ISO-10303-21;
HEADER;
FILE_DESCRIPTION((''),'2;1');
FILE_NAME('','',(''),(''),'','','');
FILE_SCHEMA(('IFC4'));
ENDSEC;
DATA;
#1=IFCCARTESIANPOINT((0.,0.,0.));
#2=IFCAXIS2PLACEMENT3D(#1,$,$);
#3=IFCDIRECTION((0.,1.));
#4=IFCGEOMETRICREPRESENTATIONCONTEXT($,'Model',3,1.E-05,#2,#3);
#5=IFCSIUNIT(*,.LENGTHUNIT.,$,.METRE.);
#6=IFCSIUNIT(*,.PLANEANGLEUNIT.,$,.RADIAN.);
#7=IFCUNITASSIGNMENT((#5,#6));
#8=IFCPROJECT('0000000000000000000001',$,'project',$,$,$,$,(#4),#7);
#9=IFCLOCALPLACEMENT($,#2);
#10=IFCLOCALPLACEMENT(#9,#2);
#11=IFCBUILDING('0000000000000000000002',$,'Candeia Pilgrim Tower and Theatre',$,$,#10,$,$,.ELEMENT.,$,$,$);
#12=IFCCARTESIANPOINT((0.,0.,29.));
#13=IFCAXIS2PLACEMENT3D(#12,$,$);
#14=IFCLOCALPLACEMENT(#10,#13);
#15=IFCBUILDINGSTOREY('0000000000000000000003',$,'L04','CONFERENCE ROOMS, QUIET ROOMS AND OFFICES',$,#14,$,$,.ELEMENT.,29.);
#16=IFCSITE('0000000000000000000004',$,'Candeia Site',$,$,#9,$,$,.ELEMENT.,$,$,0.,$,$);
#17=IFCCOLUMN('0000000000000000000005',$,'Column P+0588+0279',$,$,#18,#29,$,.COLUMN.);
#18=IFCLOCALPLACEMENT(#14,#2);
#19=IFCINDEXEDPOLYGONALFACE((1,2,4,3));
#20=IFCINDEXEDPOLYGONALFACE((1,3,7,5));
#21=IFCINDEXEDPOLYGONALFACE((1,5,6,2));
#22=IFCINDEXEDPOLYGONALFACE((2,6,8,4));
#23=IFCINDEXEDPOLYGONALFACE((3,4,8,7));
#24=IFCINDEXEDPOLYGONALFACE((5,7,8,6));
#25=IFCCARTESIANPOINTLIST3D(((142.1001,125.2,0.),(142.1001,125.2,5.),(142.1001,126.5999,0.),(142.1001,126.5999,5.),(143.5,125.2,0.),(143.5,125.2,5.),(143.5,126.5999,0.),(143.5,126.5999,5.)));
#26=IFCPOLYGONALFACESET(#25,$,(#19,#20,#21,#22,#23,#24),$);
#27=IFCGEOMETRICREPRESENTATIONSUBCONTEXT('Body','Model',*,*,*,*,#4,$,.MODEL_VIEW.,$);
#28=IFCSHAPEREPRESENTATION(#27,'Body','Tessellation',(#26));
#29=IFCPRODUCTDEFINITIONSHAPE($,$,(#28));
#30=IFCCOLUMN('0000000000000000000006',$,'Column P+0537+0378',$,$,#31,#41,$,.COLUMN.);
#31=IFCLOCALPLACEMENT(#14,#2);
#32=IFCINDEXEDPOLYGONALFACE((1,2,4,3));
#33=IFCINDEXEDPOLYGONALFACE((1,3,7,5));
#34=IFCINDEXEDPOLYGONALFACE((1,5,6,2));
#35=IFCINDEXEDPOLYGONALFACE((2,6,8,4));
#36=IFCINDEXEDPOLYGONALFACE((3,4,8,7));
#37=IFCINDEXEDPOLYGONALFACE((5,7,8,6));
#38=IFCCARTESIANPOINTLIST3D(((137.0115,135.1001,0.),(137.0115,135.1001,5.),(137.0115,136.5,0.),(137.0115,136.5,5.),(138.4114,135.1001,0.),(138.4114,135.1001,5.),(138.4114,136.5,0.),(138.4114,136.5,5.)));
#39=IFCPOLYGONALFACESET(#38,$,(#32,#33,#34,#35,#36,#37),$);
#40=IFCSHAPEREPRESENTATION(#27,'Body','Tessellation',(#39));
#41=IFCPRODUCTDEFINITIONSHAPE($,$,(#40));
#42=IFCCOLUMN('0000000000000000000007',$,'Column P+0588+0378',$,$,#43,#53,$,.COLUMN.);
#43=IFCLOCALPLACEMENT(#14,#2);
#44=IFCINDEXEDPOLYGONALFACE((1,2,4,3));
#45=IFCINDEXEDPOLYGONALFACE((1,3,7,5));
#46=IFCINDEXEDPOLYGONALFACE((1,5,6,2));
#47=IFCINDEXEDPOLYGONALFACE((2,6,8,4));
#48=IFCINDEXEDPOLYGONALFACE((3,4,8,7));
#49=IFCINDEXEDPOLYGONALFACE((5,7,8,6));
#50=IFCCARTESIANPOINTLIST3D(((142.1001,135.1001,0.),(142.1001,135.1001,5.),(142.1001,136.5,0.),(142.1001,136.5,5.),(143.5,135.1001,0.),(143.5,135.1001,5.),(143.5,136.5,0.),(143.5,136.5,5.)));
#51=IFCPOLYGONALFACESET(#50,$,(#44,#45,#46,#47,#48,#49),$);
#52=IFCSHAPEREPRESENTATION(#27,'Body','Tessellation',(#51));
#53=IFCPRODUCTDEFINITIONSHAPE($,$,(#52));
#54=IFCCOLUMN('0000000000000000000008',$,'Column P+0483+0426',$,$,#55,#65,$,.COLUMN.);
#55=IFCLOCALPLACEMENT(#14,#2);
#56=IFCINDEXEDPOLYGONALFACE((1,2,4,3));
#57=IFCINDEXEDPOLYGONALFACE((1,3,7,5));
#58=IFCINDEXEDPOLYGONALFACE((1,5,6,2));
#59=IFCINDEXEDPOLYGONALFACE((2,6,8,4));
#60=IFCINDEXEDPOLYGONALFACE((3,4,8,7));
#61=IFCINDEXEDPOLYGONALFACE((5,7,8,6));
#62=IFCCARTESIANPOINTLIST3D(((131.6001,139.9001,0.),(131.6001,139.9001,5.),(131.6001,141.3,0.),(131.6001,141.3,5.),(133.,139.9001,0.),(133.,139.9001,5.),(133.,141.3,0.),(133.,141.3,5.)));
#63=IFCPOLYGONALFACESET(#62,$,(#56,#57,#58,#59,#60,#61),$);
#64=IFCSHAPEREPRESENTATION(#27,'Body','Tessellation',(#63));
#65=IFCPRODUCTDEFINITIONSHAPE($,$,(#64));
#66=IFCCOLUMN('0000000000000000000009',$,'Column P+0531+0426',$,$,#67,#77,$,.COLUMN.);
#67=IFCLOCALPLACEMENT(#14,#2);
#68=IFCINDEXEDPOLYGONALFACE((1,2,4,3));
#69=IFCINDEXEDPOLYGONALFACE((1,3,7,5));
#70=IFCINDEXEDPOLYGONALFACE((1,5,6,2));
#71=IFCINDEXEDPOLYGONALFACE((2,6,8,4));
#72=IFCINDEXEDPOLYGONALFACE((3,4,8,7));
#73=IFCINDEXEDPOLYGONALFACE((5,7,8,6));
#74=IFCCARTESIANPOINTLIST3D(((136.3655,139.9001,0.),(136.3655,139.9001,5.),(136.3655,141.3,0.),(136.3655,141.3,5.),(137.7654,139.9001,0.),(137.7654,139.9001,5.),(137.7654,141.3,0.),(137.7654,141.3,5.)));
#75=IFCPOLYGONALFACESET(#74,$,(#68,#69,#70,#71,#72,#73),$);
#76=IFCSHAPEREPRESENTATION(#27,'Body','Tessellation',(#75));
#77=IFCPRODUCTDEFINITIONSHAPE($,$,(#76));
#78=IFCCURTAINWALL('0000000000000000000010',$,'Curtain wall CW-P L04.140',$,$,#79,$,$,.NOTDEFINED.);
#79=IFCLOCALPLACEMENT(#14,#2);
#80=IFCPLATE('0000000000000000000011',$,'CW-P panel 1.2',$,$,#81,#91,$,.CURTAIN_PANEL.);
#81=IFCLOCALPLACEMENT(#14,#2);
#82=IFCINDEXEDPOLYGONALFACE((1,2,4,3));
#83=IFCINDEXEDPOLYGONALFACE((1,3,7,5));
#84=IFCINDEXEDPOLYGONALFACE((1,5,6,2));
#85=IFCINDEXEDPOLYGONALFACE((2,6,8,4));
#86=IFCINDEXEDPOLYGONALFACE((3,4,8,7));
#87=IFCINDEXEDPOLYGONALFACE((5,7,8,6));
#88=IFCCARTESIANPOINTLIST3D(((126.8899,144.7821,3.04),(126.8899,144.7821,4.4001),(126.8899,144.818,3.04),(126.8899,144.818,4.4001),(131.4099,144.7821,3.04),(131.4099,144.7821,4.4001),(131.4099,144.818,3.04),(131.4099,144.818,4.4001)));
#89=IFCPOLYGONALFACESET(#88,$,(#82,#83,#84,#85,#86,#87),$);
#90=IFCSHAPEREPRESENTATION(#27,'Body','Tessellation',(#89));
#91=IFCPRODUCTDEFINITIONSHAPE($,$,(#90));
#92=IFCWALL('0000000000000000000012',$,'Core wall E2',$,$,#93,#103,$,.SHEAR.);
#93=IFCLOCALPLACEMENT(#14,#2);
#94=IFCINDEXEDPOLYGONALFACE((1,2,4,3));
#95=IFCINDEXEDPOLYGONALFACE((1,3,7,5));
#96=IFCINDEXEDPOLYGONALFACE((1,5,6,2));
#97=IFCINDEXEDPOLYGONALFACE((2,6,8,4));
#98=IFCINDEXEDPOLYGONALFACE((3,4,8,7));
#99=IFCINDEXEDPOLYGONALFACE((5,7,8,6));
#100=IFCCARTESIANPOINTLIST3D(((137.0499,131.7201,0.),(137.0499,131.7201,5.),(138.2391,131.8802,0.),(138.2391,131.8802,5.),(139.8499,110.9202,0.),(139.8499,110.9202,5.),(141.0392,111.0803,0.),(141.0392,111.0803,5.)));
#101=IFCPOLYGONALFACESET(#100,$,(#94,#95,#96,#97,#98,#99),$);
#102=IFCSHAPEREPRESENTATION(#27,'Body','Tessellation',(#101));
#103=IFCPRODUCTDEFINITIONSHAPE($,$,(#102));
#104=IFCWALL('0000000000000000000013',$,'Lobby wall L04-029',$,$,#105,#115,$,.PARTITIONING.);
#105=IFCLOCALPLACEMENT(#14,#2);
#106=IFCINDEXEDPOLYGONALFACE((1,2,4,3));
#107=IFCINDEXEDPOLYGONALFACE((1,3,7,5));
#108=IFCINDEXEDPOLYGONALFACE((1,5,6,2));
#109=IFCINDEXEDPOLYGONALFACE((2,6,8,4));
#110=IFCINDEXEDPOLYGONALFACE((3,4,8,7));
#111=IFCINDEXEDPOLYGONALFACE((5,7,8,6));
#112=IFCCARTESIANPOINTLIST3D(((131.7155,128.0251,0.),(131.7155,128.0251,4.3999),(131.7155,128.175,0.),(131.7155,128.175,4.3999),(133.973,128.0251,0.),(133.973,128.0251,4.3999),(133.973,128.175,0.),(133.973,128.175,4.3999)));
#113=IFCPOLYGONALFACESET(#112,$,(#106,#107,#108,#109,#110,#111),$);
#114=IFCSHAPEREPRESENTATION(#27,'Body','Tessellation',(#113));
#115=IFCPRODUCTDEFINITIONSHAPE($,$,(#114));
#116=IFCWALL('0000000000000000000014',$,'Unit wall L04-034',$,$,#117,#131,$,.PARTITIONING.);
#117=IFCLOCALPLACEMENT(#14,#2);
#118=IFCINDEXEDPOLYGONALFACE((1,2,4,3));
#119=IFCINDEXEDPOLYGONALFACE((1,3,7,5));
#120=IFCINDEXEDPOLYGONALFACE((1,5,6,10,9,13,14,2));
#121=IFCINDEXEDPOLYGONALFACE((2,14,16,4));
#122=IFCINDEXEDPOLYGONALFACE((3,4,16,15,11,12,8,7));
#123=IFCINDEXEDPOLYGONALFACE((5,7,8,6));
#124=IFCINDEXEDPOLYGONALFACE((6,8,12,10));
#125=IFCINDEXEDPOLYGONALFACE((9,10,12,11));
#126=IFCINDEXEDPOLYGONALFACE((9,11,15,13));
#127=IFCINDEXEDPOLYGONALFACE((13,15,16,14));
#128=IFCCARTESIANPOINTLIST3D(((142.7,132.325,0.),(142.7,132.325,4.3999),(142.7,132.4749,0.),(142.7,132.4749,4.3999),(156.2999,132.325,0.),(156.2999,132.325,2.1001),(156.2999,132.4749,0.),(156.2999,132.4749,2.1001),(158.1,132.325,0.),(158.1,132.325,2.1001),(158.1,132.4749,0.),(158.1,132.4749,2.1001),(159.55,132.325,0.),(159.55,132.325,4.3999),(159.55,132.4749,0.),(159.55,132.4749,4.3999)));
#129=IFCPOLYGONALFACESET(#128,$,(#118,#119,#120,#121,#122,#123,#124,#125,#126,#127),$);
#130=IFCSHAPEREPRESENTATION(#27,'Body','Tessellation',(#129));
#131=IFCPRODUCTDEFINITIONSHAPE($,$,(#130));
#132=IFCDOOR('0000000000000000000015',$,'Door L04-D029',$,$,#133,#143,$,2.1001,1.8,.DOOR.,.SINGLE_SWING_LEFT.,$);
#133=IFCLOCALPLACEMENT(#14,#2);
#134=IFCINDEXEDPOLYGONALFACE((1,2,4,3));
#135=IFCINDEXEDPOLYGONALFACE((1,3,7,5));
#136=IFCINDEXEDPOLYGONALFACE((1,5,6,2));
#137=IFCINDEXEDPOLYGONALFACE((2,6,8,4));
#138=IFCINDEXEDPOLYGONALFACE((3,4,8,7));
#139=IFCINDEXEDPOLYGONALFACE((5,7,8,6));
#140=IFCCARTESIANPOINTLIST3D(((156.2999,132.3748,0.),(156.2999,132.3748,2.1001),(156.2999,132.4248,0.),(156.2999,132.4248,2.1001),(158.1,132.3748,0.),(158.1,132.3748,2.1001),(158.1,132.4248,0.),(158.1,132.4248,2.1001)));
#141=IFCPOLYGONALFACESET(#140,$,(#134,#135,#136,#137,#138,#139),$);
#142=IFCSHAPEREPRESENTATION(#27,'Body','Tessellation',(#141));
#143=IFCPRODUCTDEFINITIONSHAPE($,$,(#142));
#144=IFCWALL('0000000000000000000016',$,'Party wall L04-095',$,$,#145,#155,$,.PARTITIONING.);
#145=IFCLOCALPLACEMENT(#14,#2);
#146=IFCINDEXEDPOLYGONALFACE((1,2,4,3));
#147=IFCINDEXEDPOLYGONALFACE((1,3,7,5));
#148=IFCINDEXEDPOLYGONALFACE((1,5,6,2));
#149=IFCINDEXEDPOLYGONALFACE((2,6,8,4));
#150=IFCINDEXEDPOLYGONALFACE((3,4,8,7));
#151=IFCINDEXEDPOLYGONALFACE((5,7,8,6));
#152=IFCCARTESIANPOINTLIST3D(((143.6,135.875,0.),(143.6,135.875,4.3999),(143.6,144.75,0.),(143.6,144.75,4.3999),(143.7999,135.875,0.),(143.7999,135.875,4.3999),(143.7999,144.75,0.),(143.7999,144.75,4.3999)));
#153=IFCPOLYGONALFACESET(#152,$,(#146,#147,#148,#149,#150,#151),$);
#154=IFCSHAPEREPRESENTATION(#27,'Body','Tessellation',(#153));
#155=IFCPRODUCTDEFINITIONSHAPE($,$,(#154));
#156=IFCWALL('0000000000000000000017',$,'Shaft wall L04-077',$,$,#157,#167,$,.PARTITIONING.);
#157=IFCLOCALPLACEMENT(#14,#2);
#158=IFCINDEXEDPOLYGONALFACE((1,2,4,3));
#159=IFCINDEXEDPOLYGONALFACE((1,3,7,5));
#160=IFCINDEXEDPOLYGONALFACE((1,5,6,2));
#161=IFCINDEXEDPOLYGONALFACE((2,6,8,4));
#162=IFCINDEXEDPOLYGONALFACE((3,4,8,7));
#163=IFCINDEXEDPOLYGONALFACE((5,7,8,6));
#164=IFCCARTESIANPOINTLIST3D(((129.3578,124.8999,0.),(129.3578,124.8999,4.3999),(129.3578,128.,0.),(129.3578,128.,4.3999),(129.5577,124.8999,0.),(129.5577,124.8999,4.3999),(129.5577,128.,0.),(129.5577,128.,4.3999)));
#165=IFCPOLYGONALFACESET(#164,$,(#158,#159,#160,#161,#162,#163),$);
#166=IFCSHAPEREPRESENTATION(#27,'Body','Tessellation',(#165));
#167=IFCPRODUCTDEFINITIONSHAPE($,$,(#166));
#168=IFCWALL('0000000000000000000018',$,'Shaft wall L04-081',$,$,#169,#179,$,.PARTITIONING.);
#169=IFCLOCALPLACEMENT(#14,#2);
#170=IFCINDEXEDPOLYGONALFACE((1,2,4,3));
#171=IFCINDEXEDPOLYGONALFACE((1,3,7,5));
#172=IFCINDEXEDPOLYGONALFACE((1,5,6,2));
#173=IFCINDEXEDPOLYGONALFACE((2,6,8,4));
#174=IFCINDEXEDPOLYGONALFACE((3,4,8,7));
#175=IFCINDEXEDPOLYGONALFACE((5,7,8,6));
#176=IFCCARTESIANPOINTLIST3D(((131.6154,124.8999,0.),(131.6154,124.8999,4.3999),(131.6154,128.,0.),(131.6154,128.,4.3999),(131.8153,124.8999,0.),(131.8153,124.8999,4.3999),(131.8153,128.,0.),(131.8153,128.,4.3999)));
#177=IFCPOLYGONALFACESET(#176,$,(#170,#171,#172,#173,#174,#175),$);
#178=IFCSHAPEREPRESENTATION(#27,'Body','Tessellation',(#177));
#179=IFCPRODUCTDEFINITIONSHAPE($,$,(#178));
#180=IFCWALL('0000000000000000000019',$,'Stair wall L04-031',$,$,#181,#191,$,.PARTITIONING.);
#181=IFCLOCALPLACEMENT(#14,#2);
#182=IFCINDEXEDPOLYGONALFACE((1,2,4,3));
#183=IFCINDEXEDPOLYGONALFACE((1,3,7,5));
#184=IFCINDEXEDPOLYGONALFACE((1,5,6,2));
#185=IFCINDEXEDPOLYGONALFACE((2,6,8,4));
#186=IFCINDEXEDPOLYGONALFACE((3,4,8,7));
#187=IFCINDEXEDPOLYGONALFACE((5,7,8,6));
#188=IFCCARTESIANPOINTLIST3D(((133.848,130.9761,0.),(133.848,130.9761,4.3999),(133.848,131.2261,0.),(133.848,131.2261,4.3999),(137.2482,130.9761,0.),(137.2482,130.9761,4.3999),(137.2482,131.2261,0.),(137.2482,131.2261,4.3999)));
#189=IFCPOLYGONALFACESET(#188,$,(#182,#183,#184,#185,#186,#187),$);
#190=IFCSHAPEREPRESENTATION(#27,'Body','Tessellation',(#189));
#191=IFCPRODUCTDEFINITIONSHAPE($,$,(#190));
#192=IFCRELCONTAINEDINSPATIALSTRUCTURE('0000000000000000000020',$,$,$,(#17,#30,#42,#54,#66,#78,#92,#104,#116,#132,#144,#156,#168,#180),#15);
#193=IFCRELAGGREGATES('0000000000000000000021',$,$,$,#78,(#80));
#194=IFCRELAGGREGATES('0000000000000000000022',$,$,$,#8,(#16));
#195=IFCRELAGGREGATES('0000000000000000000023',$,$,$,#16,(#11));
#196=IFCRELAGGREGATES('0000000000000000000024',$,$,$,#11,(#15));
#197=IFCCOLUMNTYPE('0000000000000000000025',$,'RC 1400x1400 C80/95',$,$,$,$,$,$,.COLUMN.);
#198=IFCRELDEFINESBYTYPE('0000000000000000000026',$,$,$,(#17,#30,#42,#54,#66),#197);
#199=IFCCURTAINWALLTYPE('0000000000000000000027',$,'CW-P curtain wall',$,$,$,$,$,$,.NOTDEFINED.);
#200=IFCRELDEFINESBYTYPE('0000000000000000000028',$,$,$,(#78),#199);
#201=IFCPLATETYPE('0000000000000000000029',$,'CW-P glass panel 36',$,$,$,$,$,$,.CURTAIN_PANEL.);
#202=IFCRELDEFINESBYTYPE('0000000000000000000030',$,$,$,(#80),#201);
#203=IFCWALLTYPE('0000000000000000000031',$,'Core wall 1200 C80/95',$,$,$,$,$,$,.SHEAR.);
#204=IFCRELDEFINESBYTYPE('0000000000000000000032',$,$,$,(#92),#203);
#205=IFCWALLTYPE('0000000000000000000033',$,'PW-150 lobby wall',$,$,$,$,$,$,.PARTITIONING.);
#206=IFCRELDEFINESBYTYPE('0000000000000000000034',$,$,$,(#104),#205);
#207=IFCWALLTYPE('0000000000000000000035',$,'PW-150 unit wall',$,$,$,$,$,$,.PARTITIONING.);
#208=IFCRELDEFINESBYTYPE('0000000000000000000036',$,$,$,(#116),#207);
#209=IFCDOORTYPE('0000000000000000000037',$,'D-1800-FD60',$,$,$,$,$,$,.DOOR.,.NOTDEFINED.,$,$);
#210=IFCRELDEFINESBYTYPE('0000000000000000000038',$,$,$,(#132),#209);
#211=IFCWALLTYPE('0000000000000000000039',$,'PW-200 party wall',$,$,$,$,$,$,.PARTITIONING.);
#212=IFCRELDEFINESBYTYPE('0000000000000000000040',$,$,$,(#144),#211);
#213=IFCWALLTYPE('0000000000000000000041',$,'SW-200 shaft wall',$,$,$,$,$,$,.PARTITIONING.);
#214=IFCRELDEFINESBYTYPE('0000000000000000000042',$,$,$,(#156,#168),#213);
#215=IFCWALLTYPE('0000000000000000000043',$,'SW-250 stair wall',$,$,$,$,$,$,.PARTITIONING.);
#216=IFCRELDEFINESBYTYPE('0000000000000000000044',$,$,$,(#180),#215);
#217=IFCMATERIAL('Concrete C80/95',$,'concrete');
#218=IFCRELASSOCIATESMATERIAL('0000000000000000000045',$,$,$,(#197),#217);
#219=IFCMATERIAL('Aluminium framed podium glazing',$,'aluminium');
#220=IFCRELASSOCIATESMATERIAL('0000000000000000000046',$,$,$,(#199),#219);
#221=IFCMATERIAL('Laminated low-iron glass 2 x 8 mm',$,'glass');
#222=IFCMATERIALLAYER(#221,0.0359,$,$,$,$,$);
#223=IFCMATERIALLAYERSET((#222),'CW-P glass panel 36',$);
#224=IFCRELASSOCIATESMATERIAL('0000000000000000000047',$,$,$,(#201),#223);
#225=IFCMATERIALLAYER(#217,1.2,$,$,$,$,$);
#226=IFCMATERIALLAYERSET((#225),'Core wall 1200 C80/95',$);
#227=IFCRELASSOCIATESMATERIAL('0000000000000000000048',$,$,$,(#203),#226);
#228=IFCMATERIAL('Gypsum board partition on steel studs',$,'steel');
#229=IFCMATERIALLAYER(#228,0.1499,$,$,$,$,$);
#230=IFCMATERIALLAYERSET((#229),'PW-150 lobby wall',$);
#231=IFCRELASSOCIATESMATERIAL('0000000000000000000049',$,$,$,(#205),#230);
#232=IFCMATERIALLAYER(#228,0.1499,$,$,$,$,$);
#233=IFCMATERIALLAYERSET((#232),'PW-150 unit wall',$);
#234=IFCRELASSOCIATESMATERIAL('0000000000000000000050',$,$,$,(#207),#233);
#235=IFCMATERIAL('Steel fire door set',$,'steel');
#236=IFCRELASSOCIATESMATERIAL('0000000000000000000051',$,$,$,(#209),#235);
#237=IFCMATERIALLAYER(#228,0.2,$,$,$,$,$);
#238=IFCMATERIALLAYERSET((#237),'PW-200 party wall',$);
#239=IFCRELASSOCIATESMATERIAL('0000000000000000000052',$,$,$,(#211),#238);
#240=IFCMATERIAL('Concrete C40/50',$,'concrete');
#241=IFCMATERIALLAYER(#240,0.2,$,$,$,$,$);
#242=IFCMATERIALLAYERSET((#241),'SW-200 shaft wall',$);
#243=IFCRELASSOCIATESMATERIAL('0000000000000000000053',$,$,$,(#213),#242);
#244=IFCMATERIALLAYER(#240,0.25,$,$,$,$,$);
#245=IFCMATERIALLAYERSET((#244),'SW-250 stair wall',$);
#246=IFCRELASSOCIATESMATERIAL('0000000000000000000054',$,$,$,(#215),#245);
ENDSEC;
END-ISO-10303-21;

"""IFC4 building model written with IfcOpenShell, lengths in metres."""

from ifc_helpers import new_model, si_unit, direction, frame, frame_2d, origin, origin_2d, place, context, subcontext, project, spatial, rectangle, extrude, material, layer, layer_set, material_profile, profile_set, type_object, element, fill, aggregate, save


model = new_model("IFC4")

# Units and contexts
model_context = context("Model", 3, precision=1e-05, world=origin(), true_north=direction((0.0, 1.0)))
body_context = subcontext(model_context, "Body", "Model", "MODEL_VIEW")
ifc_project = project(units=[si_unit("LENGTHUNIT", "METRE"), si_unit("PLANEANGLEUNIT", "RADIAN")], contexts=[model_context])

# Site, building, storey
site_placement = place(None, origin())
site = spatial("IfcSite", under=ifc_project, at=site_placement, Name="Candeia Site", CompositionType="ELEMENT", RefElevation=0.0)
building_placement = place(site_placement, origin())
building = spatial("IfcBuilding", under=site, at=building_placement, Name="Candeia Pilgrim Tower and Theatre", CompositionType="ELEMENT")
storey_placement = place(building_placement, frame((0.0, 0.0, 29.0)))
storey = spatial("IfcBuildingStorey", under=building, at=storey_placement, Name="L04", Description="CONFERENCE ROOMS, QUIET ROOMS AND OFFICES", CompositionType="ELEMENT", Elevation=29.0)

# Columns
ifc_material_1 = material(Name="Concrete C80/95", Category="concrete")
ifc_material_profile = material_profile(ifc_material_1, rectangle(XDim=1.3999, YDim=1.3999, at=origin_2d()))
ifc_profile_set = profile_set([ifc_material_profile], Name="Concrete C80/95")
column_type = type_object("IfcColumnType", Name="RC 1400x1400 C80/95", PredefinedType="COLUMN", material=ifc_profile_set)
for number, where, z_axis, x_axis, name in (
    (1, (142.8, 125.8999, 0.0), (0.0, 0.0, 1.0), (1.0, 0.0, 0.0), "Column P+0588+0279"),
    (2, (137.7114, 135.8, 0.0), (0.0, 0.0, 1.0), (1.0, 0.0, 0.0), "Column P+0537+0378"),
    (3, (142.8, 135.8, 0.0), (0.0, 0.0, 1.0), (1.0, 0.0, 0.0), "Column P+0588+0378"),
    (4, (132.3, 140.6001, 0.0), (0.0, 0.0, 1.0), (1.0, 0.0, 0.0), "Column P+0483+0426"),
    (5, (137.0654, 140.6001, 0.0), (0.0, 0.0, 1.0), (1.0, 0.0, 0.0), "Column P+0531+0426"),
):
    element("IfcColumn", number, at=place(storey_placement, frame(where, z_axis=z_axis, x_axis=x_axis)), inside=storey, type_object=column_type, Name=name, PredefinedType="COLUMN", context=body_context, shape_type="SweptSolid", body=[
        extrude(rectangle(XDim=1.3999, YDim=1.3999, at=origin_2d()), origin(), (0.0, 0.0, 1.0), 5.0),
    ])

# Curtain wall, plate
ifc_material_2 = material(Name="Aluminium framed podium glazing", Category="aluminium")
curtain_wall_type = type_object("IfcCurtainWallType", Name="CW-P curtain wall", PredefinedType="NOTDEFINED", material=ifc_material_2)
curtain_wall_placement = place(storey_placement, origin())
curtain_wall = element("IfcCurtainWall", 6, at=curtain_wall_placement, inside=storey, type_object=curtain_wall_type, Name="Curtain wall CW-P L04.140", PredefinedType="NOTDEFINED")
ifc_material_3 = material(Name="Laminated low-iron glass 2 x 8 mm", Category="glass")
ifc_layer_1 = layer(ifc_material_3, 0.0359)
ifc_layer_set_1 = layer_set([ifc_layer_1], Name="CW-P glass panel 36")
plate_type = type_object("IfcPlateType", Name="CW-P glass panel 36", PredefinedType="CURTAIN_PANEL", material=ifc_layer_set_1)
plate_placement = place(storey_placement, frame((129.1499, 144.8, 3.04), z_axis=(0.0, 0.0, 1.0), x_axis=(1.0, 0.0, 0.0)))
plate = element("IfcPlate", 7, at=plate_placement, type_object=plate_type, Name="CW-P panel 1.2", PredefinedType="CURTAIN_PANEL", context=body_context, shape_type="SweptSolid", body=[
    extrude(rectangle(XDim=4.52, YDim=0.0359, at=origin_2d()), origin(), (0.0, 0.0, 1.0), 1.3601),
])
aggregate(curtain_wall, [plate])

# Walls
ifc_layer_2 = layer(ifc_material_1, 1.2)
ifc_layer_set_2 = layer_set([ifc_layer_2], Name="Core wall 1200 C80/95")
wall_type_1 = type_object("IfcWallType", Name="Core wall 1200 C80/95", PredefinedType="SHEAR", material=ifc_layer_set_2)
wall_1_placement = place(storey_placement, frame((137.6445, 131.8, 0.0), z_axis=(0.0, 0.0, 1.0), x_axis=(0.133414, -0.99106, 0.0)))
element("IfcWall", 8, at=wall_1_placement, inside=storey, type_object=wall_type_1, Name="Core wall E2", PredefinedType="SHEAR", context=body_context, shape_type="SweptSolid", body=[
    extrude(rectangle(XDim=20.9875, YDim=1.2, at=frame_2d((10.4937, 0.0))), origin(), (0.0, 0.0, 1.0), 5.0),
])
ifc_material_4 = material(Name="Gypsum board partition on steel studs", Category="steel")
ifc_layer_3 = layer(ifc_material_4, 0.1499)
ifc_layer_set_3 = layer_set([ifc_layer_3], Name="PW-150 lobby wall")
wall_type_2 = type_object("IfcWallType", Name="PW-150 lobby wall", PredefinedType="PARTITIONING", material=ifc_layer_set_3)
wall_2_placement = place(storey_placement, frame((131.7153, 128.1001, 0.0), z_axis=(0.0, 0.0, 1.0), x_axis=(1.0, 0.0, 0.0)))
element("IfcWall", 9, at=wall_2_placement, inside=storey, type_object=wall_type_2, Name="Lobby wall L04-029", PredefinedType="PARTITIONING", context=body_context, shape_type="SweptSolid", body=[
    extrude(rectangle(XDim=2.2576, YDim=0.1499, at=frame_2d((1.1289, 0.0))), origin(), (0.0, 0.0, 1.0), 4.3999),
])

# Wall, opening, door
ifc_layer_4 = layer(ifc_material_4, 0.1499)
ifc_layer_set_4 = layer_set([ifc_layer_4], Name="PW-150 unit wall")
wall_type_3 = type_object("IfcWallType", Name="PW-150 unit wall", PredefinedType="PARTITIONING", material=ifc_layer_set_4)
wall_3_placement = place(storey_placement, frame((142.7, 132.3999, 0.0), z_axis=(0.0, 0.0, 1.0), x_axis=(1.0, 0.0, 0.0)))
wall_3 = element("IfcWall", 10, at=wall_3_placement, inside=storey, type_object=wall_type_3, Name="Unit wall L04-034", PredefinedType="PARTITIONING", context=body_context, shape_type="SweptSolid", body=[
    extrude(rectangle(XDim=16.8501, YDim=0.1499, at=frame_2d((8.425, 0.0))), origin(), (0.0, 0.0, 1.0), 4.3999),
])
opening_1_placement = place(wall_3_placement, frame((13.6001, 0.0, 0.0)))
opening_1 = element("IfcOpeningElement", 11, at=opening_1_placement, cuts=wall_3, PredefinedType="OPENING", context=body_context, shape_type="SweptSolid", body=[
    extrude(rectangle(XDim=1.8, YDim=2.1001, at=frame_2d((0.8999, 1.05))), frame((0.0, 0.085, 0.0), z_axis=(0.0, -1.0, 0.0), x_axis=(1.0, 0.0, 0.0)), (0.0, 0.0, 1.0), 0.1699),
])
ifc_material_5 = material(Name="Steel fire door set", Category="steel")
door_type_1 = type_object("IfcDoorType", Name="D-1800-FD60", OperationType="NOTDEFINED", PredefinedType="DOOR", material=ifc_material_5)
door_1_placement = place(opening_1_placement, origin())
door_1 = element("IfcDoor", 12, at=door_1_placement, inside=storey, type_object=door_type_1, Name="Door L04-D029", OperationType="SINGLE_SWING_LEFT", OverallHeight=2.1001, OverallWidth=1.8, PredefinedType="DOOR", context=body_context, shape_type="SweptSolid", body=[
    extrude(rectangle(XDim=1.8, YDim=2.1001, at=frame_2d((0.8999, 1.05))), frame((0.0, 0.0249, 0.0), z_axis=(0.0, -1.0, 0.0), x_axis=(1.0, 0.0, 0.0)), (0.0, 0.0, 1.0), 0.05),
])
fill(opening_1, door_1)

# Walls
ifc_layer_5 = layer(ifc_material_4, 0.2)
ifc_layer_set_5 = layer_set([ifc_layer_5], Name="PW-200 party wall")
wall_type_4 = type_object("IfcWallType", Name="PW-200 party wall", PredefinedType="PARTITIONING", material=ifc_layer_set_5)
wall_4_placement = place(storey_placement, frame((143.7, 135.875, 0.0), z_axis=(0.0, 0.0, 1.0), x_axis=(0.0, 1.0, 0.0)))
element("IfcWall", 13, at=wall_4_placement, inside=storey, type_object=wall_type_4, Name="Party wall L04-095", PredefinedType="PARTITIONING", context=body_context, shape_type="SweptSolid", body=[
    extrude(rectangle(XDim=8.875, YDim=0.2, at=frame_2d((4.4375, 0.0))), origin(), (0.0, 0.0, 1.0), 4.3999),
])
ifc_material_6 = material(Name="Concrete C40/50", Category="concrete")
ifc_layer_6 = layer(ifc_material_6, 0.2)
ifc_layer_set_6 = layer_set([ifc_layer_6], Name="SW-200 shaft wall")
wall_type_5 = type_object("IfcWallType", Name="SW-200 shaft wall", PredefinedType="PARTITIONING", material=ifc_layer_set_6)
for number, where, z_axis, x_axis, name in (
    (14, (129.4578, 124.8999, 0.0), (0.0, 0.0, 1.0), (0.0, 1.0, 0.0), "Shaft wall L04-077"),
    (15, (131.7153, 124.8999, 0.0), (0.0, 0.0, 1.0), (0.0, 1.0, 0.0), "Shaft wall L04-081"),
):
    element("IfcWall", number, at=place(storey_placement, frame(where, z_axis=z_axis, x_axis=x_axis)), inside=storey, type_object=wall_type_5, Name=name, PredefinedType="PARTITIONING", context=body_context, shape_type="SweptSolid", body=[
        extrude(rectangle(XDim=3.1001, YDim=0.2, at=frame_2d((1.55, 0.0))), origin(), (0.0, 0.0, 1.0), 4.3999),
    ])
ifc_layer_7 = layer(ifc_material_6, 0.25)
ifc_layer_set_7 = layer_set([ifc_layer_7], Name="SW-250 stair wall")
wall_type_6 = type_object("IfcWallType", Name="SW-250 stair wall", PredefinedType="PARTITIONING", material=ifc_layer_set_7)
wall_5_placement = place(storey_placement, frame((133.8479, 131.1011, 0.0), z_axis=(0.0, 0.0, 1.0), x_axis=(1.0, 0.0, 0.0)))
element("IfcWall", 16, at=wall_5_placement, inside=storey, type_object=wall_type_6, Name="Stair wall L04-031", PredefinedType="PARTITIONING", context=body_context, shape_type="SweptSolid", body=[
    extrude(rectangle(XDim=3.4001, YDim=0.25, at=frame_2d((1.7002, 0.0))), origin(), (0.0, 0.0, 1.0), 4.3999),
])

save(model, "model.ifc")
